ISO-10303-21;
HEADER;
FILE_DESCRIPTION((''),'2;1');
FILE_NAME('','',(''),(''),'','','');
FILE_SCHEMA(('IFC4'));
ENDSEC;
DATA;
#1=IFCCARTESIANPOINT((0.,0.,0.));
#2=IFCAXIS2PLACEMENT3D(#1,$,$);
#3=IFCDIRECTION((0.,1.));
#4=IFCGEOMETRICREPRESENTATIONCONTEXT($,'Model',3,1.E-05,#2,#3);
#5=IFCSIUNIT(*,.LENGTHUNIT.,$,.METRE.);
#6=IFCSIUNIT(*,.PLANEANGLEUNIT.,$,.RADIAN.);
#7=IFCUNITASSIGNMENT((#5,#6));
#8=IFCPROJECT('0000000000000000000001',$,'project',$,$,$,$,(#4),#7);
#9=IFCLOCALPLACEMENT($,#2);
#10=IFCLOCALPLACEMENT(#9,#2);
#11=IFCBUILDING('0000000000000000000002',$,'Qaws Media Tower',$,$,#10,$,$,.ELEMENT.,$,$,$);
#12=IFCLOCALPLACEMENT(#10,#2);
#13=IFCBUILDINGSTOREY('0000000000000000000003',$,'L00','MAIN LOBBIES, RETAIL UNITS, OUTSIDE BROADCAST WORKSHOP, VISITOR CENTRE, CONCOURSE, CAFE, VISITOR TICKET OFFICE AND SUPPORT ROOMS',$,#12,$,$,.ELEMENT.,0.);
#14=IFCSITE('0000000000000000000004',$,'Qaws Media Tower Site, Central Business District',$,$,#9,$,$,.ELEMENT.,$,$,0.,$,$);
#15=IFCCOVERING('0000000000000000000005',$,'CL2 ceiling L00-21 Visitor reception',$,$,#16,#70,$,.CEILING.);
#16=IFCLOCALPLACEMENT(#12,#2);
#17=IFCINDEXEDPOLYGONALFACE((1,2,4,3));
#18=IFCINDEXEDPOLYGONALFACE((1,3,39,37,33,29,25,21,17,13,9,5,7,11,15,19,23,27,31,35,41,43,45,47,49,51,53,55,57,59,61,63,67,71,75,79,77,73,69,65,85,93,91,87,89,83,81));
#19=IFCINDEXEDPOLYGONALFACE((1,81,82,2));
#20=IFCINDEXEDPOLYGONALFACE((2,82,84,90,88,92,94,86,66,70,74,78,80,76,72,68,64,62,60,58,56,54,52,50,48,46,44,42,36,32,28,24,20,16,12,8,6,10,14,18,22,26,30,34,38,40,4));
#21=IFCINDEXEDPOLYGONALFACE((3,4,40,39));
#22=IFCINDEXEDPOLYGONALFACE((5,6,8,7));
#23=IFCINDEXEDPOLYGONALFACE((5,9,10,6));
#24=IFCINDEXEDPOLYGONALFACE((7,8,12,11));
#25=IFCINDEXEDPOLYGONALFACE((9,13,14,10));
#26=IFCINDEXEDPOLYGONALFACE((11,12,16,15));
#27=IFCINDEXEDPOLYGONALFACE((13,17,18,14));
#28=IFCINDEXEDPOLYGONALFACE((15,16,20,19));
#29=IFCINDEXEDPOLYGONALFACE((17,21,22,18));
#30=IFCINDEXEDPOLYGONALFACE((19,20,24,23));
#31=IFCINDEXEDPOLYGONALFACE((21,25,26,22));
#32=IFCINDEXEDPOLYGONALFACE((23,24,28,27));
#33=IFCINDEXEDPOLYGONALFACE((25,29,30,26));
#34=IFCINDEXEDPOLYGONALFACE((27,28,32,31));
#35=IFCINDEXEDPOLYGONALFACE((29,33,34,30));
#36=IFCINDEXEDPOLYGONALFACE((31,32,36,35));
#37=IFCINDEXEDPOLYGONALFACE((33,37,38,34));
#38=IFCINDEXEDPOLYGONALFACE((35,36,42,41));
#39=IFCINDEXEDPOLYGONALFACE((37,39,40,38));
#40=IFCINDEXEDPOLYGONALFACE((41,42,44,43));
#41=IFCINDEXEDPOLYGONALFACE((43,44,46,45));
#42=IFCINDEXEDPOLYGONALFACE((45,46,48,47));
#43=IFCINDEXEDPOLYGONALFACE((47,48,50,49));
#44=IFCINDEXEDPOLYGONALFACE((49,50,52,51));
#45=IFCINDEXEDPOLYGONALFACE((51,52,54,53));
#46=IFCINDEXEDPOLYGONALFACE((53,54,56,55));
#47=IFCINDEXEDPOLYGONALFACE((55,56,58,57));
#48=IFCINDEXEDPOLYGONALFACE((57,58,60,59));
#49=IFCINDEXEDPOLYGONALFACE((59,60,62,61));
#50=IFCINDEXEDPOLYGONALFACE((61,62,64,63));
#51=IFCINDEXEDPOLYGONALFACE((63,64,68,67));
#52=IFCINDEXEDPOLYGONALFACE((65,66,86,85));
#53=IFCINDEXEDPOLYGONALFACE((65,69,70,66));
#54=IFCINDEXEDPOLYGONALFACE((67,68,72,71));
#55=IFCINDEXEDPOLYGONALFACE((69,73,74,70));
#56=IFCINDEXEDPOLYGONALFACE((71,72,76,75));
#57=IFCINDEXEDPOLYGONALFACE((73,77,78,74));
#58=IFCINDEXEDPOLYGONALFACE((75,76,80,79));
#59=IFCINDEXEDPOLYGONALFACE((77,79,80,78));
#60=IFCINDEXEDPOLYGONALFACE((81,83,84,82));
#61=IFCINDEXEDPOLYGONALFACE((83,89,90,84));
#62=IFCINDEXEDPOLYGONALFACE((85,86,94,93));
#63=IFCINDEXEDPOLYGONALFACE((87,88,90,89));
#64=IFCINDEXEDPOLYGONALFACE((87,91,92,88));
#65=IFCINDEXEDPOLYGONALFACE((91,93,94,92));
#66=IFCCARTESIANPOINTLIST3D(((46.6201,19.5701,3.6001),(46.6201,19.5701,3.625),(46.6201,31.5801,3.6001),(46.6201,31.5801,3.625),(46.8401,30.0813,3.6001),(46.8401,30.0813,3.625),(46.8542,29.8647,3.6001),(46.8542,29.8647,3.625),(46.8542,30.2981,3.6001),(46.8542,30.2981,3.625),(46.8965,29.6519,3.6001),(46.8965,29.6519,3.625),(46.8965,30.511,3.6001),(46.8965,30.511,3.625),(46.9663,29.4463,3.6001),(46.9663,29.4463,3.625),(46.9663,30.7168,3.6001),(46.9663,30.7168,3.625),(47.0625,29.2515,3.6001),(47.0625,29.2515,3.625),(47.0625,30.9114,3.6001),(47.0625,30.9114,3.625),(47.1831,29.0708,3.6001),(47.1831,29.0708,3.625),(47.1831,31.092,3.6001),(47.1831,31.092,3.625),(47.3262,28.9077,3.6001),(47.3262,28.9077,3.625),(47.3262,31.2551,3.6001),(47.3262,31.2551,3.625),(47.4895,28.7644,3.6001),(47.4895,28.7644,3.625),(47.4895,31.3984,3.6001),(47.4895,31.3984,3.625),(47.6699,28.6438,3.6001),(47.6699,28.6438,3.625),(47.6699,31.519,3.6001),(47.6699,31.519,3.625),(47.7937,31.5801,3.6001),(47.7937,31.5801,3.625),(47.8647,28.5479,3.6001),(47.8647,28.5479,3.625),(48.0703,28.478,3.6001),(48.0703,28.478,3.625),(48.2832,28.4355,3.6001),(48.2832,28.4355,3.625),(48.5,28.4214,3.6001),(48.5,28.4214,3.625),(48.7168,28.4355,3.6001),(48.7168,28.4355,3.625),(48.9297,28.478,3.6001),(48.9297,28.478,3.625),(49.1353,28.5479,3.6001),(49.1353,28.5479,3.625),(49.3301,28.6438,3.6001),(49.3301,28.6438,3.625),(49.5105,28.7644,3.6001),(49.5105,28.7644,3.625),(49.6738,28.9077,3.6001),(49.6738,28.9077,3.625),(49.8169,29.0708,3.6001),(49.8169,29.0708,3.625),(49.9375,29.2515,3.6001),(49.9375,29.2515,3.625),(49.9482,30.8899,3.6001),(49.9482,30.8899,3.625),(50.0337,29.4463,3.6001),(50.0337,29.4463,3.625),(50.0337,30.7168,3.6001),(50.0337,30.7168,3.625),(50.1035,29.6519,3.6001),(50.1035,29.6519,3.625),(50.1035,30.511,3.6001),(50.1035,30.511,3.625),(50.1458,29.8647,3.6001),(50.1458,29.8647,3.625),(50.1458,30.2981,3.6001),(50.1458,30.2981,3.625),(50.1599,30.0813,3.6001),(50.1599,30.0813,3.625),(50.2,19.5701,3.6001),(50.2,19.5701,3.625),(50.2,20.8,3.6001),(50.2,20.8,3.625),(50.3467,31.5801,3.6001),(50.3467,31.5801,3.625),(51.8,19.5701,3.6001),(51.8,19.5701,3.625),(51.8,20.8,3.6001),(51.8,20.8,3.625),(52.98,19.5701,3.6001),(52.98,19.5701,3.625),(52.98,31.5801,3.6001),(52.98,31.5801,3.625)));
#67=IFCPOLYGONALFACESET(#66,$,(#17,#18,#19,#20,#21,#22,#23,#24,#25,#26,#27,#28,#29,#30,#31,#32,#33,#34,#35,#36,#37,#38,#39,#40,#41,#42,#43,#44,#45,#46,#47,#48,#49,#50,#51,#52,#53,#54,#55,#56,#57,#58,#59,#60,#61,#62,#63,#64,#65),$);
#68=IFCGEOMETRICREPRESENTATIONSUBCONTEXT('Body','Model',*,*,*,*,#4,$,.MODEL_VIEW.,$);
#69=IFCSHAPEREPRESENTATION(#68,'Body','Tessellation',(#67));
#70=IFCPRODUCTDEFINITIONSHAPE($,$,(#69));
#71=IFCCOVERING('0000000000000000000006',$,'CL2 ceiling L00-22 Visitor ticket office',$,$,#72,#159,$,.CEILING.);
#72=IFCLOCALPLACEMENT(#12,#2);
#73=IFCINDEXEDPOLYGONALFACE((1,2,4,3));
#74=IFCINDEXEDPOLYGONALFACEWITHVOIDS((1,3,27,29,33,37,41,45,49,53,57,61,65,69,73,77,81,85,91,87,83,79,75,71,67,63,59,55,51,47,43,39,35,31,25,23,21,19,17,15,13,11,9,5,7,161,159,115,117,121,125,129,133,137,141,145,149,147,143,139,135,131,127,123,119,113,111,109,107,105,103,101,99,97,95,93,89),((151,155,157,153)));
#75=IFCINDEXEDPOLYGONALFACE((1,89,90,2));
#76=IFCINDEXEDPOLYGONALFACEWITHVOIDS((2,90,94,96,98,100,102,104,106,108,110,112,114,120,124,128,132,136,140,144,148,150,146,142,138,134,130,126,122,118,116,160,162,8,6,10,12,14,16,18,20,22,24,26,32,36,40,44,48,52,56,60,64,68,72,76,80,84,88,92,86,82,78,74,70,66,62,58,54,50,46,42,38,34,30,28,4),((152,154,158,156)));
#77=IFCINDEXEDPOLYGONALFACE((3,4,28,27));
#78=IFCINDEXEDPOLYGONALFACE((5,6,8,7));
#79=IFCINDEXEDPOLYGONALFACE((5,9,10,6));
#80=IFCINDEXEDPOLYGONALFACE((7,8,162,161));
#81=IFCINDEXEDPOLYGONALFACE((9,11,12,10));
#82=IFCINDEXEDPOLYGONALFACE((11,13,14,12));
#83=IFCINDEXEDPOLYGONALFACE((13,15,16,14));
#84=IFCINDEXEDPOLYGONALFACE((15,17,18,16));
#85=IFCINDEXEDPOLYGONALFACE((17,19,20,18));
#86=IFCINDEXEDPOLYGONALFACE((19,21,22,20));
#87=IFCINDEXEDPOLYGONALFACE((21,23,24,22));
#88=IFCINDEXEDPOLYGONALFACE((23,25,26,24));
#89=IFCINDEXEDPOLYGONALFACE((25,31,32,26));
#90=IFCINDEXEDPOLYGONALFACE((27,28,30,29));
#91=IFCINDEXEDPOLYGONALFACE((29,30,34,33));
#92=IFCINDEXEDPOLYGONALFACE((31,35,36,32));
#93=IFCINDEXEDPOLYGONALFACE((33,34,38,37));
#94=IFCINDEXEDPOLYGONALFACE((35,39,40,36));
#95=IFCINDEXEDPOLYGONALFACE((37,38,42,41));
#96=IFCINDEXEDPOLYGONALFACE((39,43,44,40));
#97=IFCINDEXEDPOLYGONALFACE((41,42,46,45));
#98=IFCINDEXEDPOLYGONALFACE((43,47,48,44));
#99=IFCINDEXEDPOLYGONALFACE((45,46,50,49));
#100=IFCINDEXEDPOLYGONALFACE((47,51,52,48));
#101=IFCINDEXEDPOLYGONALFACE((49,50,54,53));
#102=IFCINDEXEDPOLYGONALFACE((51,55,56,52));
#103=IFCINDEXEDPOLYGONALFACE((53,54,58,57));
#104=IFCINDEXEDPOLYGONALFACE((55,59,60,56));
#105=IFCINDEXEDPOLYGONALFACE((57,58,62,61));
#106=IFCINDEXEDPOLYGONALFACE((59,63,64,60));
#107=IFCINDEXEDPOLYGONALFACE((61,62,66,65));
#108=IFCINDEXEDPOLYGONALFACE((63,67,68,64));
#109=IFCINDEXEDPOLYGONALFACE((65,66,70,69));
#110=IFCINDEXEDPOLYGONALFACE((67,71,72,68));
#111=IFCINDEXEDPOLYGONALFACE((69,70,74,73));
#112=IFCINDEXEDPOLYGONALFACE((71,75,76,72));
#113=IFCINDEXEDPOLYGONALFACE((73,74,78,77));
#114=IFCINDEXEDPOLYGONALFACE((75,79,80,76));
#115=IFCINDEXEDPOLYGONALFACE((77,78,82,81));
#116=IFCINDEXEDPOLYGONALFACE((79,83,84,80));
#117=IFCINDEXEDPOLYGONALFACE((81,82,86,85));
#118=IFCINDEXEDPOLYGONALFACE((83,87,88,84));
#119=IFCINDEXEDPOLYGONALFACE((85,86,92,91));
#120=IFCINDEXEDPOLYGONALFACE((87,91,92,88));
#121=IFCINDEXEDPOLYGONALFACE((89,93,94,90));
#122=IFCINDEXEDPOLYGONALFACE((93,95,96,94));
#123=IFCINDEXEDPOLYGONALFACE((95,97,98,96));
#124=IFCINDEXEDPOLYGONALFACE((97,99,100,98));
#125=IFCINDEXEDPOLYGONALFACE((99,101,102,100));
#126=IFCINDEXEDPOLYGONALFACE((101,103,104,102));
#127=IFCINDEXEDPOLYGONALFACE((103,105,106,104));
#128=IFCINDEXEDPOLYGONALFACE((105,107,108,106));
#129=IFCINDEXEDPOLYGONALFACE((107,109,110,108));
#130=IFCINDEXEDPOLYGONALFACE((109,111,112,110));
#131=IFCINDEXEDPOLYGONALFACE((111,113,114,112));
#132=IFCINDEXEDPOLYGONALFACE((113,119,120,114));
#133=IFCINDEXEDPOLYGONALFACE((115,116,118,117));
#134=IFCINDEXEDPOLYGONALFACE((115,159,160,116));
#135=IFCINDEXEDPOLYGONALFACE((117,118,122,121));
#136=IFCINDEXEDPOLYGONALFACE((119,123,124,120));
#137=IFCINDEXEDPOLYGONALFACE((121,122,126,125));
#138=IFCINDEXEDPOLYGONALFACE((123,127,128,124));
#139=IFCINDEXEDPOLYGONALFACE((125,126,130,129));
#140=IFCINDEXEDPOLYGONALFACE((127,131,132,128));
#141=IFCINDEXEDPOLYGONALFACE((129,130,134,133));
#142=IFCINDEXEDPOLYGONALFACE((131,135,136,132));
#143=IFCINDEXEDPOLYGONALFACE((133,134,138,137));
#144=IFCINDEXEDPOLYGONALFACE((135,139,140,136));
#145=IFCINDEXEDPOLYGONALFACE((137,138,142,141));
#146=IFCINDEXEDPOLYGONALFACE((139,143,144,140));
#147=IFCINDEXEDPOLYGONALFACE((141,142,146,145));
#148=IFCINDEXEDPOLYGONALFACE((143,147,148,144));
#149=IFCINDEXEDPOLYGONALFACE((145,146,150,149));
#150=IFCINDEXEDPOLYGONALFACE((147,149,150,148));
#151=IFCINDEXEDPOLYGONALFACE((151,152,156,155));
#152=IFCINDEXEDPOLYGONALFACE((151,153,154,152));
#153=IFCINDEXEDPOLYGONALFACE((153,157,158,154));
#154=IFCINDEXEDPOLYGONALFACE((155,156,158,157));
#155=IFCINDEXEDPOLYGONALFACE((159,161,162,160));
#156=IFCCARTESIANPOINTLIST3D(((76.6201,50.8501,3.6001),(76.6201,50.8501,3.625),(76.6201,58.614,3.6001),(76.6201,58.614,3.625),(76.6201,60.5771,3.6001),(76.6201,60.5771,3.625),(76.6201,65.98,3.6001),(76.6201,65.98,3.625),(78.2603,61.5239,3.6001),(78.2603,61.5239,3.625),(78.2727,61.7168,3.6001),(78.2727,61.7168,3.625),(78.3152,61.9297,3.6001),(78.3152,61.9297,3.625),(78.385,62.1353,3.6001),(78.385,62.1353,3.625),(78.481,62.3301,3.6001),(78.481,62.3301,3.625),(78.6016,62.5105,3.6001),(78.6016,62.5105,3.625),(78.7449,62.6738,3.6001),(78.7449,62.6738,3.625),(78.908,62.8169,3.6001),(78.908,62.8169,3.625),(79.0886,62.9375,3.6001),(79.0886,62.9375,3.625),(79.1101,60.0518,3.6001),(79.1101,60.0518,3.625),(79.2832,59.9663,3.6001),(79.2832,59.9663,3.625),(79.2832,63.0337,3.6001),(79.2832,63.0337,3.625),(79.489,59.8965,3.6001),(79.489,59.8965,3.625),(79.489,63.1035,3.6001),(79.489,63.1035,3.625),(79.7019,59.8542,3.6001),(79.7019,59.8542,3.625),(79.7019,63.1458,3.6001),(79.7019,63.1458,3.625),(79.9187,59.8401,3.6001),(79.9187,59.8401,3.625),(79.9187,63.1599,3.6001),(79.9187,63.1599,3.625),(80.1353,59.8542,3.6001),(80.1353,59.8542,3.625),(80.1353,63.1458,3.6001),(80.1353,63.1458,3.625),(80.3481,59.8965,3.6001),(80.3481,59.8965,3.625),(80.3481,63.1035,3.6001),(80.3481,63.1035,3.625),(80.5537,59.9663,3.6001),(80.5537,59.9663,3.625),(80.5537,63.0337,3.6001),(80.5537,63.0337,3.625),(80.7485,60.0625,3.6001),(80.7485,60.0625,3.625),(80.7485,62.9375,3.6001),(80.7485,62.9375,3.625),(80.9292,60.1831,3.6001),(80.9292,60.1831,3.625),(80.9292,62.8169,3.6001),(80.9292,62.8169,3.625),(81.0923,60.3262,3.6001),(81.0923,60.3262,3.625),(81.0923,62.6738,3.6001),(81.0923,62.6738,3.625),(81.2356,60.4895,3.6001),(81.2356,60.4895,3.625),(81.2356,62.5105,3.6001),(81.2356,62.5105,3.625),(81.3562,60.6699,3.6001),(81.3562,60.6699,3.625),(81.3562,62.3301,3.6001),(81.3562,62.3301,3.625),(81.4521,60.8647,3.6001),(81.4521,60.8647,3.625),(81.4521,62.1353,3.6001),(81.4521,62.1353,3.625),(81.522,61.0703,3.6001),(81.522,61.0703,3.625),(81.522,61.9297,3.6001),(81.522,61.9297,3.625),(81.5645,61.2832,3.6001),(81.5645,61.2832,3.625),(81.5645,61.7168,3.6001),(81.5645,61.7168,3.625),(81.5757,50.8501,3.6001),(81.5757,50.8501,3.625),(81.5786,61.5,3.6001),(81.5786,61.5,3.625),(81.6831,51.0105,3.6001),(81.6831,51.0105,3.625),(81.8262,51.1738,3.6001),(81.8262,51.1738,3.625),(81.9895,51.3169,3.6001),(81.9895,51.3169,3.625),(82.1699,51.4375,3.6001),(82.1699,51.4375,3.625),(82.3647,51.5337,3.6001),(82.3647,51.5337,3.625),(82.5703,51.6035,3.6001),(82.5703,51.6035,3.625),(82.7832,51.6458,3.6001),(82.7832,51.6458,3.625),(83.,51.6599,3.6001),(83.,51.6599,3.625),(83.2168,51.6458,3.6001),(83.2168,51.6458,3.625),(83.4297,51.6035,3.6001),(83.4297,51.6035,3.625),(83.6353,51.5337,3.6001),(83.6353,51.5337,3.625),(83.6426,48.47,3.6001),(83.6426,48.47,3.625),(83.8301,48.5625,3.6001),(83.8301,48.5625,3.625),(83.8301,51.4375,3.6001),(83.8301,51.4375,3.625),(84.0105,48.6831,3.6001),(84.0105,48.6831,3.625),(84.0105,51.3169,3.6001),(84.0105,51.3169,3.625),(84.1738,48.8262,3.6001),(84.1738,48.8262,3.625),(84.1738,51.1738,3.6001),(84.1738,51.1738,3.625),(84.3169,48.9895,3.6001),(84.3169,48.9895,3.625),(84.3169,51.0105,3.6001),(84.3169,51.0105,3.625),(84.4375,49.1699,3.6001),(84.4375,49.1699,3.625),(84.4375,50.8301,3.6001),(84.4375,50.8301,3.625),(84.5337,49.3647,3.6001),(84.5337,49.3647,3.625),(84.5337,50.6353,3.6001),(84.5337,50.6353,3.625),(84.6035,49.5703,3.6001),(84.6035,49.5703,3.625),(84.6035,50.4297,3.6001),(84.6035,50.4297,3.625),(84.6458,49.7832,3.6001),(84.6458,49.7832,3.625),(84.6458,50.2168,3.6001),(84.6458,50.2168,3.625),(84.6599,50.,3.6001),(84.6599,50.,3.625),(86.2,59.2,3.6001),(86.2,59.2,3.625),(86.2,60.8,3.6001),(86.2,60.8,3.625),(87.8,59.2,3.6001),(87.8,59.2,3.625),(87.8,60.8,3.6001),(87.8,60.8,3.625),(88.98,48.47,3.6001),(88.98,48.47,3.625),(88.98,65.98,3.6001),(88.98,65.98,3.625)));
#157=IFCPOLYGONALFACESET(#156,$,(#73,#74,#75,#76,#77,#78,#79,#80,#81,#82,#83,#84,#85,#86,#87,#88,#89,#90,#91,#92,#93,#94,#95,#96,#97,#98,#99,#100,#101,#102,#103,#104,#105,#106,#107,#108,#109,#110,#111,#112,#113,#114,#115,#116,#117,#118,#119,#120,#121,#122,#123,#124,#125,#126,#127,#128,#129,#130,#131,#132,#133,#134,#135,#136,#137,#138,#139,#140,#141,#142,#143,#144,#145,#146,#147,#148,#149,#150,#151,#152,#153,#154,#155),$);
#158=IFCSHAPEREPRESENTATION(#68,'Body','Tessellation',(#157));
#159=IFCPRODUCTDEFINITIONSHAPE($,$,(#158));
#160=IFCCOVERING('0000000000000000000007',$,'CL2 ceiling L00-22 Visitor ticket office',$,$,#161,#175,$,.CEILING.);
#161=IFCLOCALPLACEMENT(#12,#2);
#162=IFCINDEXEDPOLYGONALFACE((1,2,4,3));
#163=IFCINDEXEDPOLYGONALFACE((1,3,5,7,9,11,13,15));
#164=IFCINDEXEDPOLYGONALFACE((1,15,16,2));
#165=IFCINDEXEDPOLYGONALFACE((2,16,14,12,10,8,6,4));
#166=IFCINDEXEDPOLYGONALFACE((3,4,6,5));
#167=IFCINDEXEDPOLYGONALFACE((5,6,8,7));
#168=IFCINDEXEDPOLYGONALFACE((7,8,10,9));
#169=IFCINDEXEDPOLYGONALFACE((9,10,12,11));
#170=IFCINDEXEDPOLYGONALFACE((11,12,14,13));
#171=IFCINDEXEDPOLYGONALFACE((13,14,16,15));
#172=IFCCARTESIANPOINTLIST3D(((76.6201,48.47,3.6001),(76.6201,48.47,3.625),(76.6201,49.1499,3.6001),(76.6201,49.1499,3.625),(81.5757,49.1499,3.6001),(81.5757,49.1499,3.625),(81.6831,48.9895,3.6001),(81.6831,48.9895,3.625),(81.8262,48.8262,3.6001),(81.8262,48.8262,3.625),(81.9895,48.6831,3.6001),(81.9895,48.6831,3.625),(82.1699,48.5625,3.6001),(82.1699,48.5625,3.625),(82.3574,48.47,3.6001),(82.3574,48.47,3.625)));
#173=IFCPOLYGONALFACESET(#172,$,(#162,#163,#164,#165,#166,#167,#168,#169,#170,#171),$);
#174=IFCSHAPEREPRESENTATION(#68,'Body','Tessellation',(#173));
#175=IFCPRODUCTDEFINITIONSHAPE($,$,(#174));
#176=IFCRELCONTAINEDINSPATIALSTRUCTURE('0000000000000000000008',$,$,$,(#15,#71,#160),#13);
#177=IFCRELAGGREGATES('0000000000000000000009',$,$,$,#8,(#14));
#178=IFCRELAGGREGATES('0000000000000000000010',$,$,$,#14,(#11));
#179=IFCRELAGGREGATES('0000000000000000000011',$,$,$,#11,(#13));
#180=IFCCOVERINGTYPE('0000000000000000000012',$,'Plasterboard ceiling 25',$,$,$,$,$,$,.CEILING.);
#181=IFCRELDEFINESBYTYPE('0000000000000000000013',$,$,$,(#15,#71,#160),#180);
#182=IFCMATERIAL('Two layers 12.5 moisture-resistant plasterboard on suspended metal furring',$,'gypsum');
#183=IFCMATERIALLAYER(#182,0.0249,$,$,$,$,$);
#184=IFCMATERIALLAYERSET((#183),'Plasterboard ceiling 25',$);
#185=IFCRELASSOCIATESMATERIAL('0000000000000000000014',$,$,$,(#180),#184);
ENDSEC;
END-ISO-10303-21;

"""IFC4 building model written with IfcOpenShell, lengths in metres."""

from ifc_helpers import new_model, si_unit, direction, frame, origin, place, context, subcontext, project, spatial, polyline, outline, extrude, material, layer, layer_set, type_object, element, save


model = new_model("IFC4")

# Units and contexts
model_context = context("Model", 3, precision=1e-05, world=origin(), true_north=direction((0.0, 1.0)))
body_context = subcontext(model_context, "Body", "Model", "MODEL_VIEW")
ifc_project = project(units=[si_unit("LENGTHUNIT", "METRE"), si_unit("PLANEANGLEUNIT", "RADIAN")], contexts=[model_context])

# Site, building, storey
site_placement = place(None, origin())
site = spatial("IfcSite", under=ifc_project, at=site_placement, Name="Qaws Media Tower Site, Central Business District", CompositionType="ELEMENT", RefElevation=0.0)
building_placement = place(site_placement, origin())
building = spatial("IfcBuilding", under=site, at=building_placement, Name="Qaws Media Tower", CompositionType="ELEMENT")
storey_placement = place(building_placement, origin())
storey = spatial("IfcBuildingStorey", under=building, at=storey_placement, Name="L00", Description="MAIN LOBBIES, RETAIL UNITS, OUTSIDE BROADCAST WORKSHOP, VISITOR CENTRE, CONCOURSE, CAFE, VISITOR TICKET OFFICE AND SUPPORT ROOMS", CompositionType="ELEMENT", Elevation=0.0)

# Coverings
ifc_material_1 = material(Name="Two layers 12.5 moisture-resistant plasterboard on suspended metal furring", Category="gypsum")
ifc_layer_1 = layer(ifc_material_1, 0.0249)
ifc_layer_set_1 = layer_set([ifc_layer_1], Name="Plasterboard ceiling 25")
covering_type_1 = type_object("IfcCoveringType", Name="Plasterboard ceiling 25", PredefinedType="CEILING", material=ifc_layer_set_1)
covering_1_placement = place(storey_placement, frame((0.0, 0.0, 3.6001)))
element("IfcCovering", 1, at=covering_1_placement, inside=storey, type_object=covering_type_1, Name="CL2 ceiling L00-21 Visitor reception", PredefinedType="CEILING", context=body_context, shape_type="SweptSolid", body=[
    extrude(outline(polyline([(51.8, 19.5701), (51.8, 20.8), (50.2, 20.8), (50.2, 19.5701), (46.6201, 19.5701), (46.6201, 31.5801), (47.7937, 31.5801), (47.6699, 31.519), (47.4895, 31.3984), (47.3262, 31.2551), (47.1831, 31.092), (47.0625, 30.9114), (46.9663, 30.7168), (46.8965, 30.511), (46.8542, 30.2981), (46.8401, 30.0813), (46.8542, 29.8647), (46.8965, 29.6519), (46.9663, 29.4463), (47.0625, 29.2515), (47.1831, 29.0708), (47.3262, 28.9077), (47.4895, 28.7644), (47.6699, 28.6438), (47.8647, 28.5479), (48.0703, 28.478), (48.2832, 28.4355), (48.5, 28.4214), (48.7168, 28.4355), (48.9297, 28.478), (49.1353, 28.5479), (49.3301, 28.6438), (49.5105, 28.7644), (49.6738, 28.9077), (49.8169, 29.0708), (49.9375, 29.2515), (50.0337, 29.4463), (50.1035, 29.6519), (50.1458, 29.8647), (50.1599, 30.0813), (50.1458, 30.2981), (50.1035, 30.511), (50.0337, 30.7168), (49.9482, 30.8899), (50.3467, 31.5801), (52.98, 31.5801), (52.98, 19.5701), (51.8, 19.5701)])), origin(), (0.0, 0.0, 1.0), 0.0249),
])
covering_2_placement = place(storey_placement, frame((0.0, 0.0, 3.6001)))
element("IfcCovering", 2, at=covering_2_placement, inside=storey, type_object=covering_type_1, Name="CL2 ceiling L00-22 Visitor ticket office", PredefinedType="CEILING", context=body_context, shape_type="SweptSolid", body=[
    extrude(outline(polyline([(88.98, 48.47), (83.6426, 48.47), (83.8301, 48.5625), (84.0105, 48.6831), (84.1738, 48.8262), (84.3169, 48.9895), (84.4375, 49.1699), (84.5337, 49.3647), (84.6035, 49.5703), (84.6458, 49.7832), (84.6599, 50.0), (84.6458, 50.2168), (84.6035, 50.4297), (84.5337, 50.6353), (84.4375, 50.8301), (84.3169, 51.0105), (84.1738, 51.1738), (84.0105, 51.3169), (83.8301, 51.4375), (83.6353, 51.5337), (83.4297, 51.6035), (83.2168, 51.6458), (83.0, 51.6599), (82.7832, 51.6458), (82.5703, 51.6035), (82.3647, 51.5337), (82.1699, 51.4375), (81.9895, 51.3169), (81.8262, 51.1738), (81.6831, 51.0105), (81.5757, 50.8501), (76.6201, 50.8501), (76.6201, 58.614), (79.1101, 60.0518), (79.2832, 59.9663), (79.489, 59.8965), (79.7019, 59.8542), (79.9187, 59.8401), (80.1353, 59.8542), (80.3481, 59.8965), (80.5537, 59.9663), (80.7485, 60.0625), (80.9292, 60.1831), (81.0923, 60.3262), (81.2356, 60.4895), (81.3562, 60.6699), (81.4521, 60.8647), (81.522, 61.0703), (81.5645, 61.2832), (81.5786, 61.5), (81.5645, 61.7168), (81.522, 61.9297), (81.4521, 62.1353), (81.3562, 62.3301), (81.2356, 62.5105), (81.0923, 62.6738), (80.9292, 62.8169), (80.7485, 62.9375), (80.5537, 63.0337), (80.3481, 63.1035), (80.1353, 63.1458), (79.9187, 63.1599), (79.7019, 63.1458), (79.489, 63.1035), (79.2832, 63.0337), (79.0886, 62.9375), (78.908, 62.8169), (78.7449, 62.6738), (78.6016, 62.5105), (78.481, 62.3301), (78.385, 62.1353), (78.3152, 61.9297), (78.2727, 61.7168), (78.2603, 61.5239), (76.6201, 60.5771), (76.6201, 65.98), (88.98, 65.98), (88.98, 48.47)]), holes=[polyline([(86.2, 59.2), (87.8, 59.2), (87.8, 60.8), (86.2, 60.8), (86.2, 59.2)])]), origin(), (0.0, 0.0, 1.0), 0.0249),
])
covering_3_placement = place(storey_placement, frame((0.0, 0.0, 3.6001)))
element("IfcCovering", 3, at=covering_3_placement, inside=storey, type_object=covering_type_1, Name="CL2 ceiling L00-22 Visitor ticket office", PredefinedType="CEILING", context=body_context, shape_type="SweptSolid", body=[
    extrude(outline(polyline([(81.6831, 48.9895), (81.8262, 48.8262), (81.9895, 48.6831), (82.1699, 48.5625), (82.3574, 48.47), (76.6201, 48.47), (76.6201, 49.1499), (81.5757, 49.1499), (81.6831, 48.9895)])), origin(), (0.0, 0.0, 1.0), 0.0249),
])

save(model, "model.ifc")
